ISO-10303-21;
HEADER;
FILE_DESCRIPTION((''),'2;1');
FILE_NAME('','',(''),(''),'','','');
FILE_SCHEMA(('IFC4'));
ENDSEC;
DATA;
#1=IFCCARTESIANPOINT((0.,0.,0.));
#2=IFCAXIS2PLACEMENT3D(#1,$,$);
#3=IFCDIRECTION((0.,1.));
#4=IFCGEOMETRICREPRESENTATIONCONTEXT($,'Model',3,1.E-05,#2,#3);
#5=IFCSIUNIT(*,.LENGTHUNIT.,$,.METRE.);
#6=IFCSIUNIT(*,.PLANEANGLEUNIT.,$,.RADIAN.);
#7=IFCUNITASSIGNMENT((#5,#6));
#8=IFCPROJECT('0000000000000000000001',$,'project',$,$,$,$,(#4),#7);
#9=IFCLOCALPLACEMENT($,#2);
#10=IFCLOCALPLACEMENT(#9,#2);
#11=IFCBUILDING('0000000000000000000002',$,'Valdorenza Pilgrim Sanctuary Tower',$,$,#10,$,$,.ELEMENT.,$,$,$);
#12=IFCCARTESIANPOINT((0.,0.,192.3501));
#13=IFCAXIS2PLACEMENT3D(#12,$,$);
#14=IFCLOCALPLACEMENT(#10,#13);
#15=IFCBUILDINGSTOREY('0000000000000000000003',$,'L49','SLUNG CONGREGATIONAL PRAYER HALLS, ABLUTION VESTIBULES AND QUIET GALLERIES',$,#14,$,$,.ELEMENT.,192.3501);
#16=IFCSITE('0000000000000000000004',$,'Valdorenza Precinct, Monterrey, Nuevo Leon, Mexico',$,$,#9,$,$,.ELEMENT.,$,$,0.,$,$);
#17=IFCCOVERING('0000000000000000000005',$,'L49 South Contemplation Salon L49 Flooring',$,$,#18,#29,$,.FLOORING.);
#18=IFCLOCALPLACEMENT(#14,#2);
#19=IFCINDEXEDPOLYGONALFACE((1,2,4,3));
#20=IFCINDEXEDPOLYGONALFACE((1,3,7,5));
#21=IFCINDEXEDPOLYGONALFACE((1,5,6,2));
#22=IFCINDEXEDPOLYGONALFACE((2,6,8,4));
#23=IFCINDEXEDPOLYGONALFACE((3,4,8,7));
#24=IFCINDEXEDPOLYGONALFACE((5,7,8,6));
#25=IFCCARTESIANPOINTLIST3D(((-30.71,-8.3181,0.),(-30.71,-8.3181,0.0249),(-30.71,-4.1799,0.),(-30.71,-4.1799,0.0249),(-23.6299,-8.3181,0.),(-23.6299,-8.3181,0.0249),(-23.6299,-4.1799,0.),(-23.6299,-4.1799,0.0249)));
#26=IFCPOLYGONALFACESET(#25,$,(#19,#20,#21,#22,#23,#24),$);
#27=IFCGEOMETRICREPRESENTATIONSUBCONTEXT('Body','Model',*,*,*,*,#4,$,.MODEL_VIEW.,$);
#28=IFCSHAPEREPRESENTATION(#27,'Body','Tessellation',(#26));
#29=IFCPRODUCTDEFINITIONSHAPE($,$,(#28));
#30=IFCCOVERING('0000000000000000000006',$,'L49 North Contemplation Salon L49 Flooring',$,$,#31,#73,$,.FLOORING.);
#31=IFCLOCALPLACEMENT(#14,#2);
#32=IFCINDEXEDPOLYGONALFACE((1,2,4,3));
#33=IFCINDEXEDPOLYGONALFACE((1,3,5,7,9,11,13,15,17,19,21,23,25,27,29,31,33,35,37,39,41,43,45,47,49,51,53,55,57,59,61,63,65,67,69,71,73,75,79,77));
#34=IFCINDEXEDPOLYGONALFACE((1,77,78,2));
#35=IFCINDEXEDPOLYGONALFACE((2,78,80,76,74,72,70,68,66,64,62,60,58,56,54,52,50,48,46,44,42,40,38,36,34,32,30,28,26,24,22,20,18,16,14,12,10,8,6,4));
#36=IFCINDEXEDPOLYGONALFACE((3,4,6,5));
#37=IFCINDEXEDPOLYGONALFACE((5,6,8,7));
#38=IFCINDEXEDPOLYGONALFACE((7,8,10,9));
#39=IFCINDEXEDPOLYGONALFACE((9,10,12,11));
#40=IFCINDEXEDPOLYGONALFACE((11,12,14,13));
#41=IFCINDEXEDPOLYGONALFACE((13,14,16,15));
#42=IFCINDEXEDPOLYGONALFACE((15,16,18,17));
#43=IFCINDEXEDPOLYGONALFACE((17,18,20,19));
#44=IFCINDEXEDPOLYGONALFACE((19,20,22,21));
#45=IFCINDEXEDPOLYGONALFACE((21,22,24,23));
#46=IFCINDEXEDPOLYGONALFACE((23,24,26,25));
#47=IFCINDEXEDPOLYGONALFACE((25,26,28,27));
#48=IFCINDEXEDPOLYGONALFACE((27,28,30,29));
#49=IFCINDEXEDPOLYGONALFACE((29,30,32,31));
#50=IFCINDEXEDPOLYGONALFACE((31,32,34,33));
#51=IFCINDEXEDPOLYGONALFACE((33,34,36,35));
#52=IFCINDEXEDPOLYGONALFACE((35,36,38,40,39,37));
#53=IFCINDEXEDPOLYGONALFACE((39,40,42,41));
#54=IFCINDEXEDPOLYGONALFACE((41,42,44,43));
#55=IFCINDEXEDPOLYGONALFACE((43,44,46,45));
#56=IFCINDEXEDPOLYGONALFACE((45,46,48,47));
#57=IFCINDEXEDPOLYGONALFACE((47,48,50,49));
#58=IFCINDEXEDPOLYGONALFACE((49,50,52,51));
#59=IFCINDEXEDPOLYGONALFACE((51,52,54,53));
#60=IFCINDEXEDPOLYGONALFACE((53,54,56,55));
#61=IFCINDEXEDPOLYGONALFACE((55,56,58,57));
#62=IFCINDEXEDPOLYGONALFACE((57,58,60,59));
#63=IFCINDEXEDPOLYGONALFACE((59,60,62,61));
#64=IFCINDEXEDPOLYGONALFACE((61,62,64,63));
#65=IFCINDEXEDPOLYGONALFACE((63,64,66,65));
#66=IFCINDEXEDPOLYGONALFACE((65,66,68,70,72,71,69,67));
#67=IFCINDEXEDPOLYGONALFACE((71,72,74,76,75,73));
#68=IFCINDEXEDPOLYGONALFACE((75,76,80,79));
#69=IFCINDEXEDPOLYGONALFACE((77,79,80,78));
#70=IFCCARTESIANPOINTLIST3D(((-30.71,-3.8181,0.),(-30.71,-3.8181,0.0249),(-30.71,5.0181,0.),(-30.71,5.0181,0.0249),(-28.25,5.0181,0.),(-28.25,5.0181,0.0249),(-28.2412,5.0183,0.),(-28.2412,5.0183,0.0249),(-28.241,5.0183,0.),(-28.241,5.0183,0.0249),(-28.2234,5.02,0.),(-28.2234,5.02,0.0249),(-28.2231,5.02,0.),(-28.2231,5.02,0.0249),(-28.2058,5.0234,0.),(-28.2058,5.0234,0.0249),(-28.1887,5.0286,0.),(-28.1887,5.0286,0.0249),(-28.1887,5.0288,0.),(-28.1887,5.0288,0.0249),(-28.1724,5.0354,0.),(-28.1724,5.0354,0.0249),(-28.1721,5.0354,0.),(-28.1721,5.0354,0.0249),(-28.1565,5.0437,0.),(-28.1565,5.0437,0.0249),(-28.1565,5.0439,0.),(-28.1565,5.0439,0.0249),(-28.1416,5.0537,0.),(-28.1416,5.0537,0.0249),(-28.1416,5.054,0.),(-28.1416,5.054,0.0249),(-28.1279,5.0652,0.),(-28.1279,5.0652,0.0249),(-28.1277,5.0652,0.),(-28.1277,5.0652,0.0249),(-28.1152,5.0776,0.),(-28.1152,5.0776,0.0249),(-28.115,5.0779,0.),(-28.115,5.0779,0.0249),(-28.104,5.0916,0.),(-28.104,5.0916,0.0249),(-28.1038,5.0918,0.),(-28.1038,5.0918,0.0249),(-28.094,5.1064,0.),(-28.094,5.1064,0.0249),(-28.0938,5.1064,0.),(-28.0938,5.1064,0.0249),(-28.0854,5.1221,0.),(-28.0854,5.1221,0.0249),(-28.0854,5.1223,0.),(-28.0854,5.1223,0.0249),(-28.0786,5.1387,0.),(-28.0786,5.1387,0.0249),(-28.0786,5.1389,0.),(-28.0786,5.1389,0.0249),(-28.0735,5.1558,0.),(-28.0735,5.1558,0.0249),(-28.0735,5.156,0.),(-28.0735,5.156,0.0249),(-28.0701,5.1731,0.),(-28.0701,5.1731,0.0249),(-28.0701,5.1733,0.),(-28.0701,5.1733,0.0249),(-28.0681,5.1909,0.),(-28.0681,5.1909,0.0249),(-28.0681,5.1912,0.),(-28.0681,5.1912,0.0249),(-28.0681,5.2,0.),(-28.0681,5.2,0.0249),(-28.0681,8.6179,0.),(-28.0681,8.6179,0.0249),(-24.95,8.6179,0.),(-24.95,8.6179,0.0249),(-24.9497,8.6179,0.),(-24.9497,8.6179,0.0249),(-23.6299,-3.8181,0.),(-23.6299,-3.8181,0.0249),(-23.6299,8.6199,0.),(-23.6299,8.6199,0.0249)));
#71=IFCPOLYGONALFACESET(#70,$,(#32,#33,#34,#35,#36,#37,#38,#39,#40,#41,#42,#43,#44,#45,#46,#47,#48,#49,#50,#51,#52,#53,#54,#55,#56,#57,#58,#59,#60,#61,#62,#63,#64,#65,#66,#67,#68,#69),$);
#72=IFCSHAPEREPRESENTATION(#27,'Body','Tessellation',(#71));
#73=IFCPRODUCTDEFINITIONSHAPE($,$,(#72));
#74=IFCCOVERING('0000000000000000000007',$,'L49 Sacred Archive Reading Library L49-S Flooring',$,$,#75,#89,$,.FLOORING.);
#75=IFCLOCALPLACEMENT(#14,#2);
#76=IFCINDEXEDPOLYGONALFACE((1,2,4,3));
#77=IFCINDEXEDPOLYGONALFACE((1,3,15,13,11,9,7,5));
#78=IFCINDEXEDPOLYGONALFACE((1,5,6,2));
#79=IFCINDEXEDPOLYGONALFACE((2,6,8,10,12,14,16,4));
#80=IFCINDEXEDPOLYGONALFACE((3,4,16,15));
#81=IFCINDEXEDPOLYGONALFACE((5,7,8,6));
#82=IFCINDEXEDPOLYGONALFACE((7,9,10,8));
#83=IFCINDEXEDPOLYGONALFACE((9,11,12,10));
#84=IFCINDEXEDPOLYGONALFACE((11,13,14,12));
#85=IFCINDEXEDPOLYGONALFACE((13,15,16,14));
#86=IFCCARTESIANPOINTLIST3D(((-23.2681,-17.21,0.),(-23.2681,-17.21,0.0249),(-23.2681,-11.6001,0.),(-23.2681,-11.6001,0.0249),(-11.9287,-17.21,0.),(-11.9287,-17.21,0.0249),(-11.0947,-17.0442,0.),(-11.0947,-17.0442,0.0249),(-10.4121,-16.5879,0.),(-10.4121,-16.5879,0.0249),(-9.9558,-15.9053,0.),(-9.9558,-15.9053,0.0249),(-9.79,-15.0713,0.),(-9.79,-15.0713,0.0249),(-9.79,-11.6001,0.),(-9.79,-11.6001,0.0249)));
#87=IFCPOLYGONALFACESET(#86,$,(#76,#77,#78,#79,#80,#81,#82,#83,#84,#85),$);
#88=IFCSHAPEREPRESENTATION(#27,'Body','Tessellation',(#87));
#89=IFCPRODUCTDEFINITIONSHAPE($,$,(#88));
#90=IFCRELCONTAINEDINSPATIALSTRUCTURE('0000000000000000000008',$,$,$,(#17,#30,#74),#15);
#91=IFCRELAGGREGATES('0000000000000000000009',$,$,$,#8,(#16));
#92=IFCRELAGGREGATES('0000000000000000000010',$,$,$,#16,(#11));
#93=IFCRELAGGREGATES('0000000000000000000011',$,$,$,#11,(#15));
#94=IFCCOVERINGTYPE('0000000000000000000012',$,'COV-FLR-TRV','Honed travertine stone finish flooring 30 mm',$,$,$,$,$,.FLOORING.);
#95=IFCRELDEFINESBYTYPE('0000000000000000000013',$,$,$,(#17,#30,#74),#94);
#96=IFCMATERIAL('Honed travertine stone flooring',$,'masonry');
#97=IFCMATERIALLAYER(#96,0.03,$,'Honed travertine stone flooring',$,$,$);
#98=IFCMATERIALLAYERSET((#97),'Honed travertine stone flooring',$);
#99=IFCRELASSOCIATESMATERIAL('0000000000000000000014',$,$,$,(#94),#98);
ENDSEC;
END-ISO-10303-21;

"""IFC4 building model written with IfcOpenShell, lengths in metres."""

from ifc_helpers import new_model, si_unit, direction, frame, origin, place, context, subcontext, project, spatial, polyline, outline, extrude, material, layer, layer_set, type_object, element, save


model = new_model("IFC4")

# Units and contexts
model_context = context("Model", 3, precision=1e-05, world=origin(), true_north=direction((0.0, 1.0)))
body_context = subcontext(model_context, "Body", "Model", "MODEL_VIEW")
ifc_project = project(units=[si_unit("LENGTHUNIT", "METRE"), si_unit("PLANEANGLEUNIT", "RADIAN")], contexts=[model_context])

# Site, building, storey
site_placement = place(None, origin())
site = spatial("IfcSite", under=ifc_project, at=site_placement, Name="Valdorenza Precinct, Monterrey, Nuevo Leon, Mexico", CompositionType="ELEMENT", RefElevation=0.0)
building_placement = place(site_placement, origin())
building = spatial("IfcBuilding", under=site, at=building_placement, Name="Valdorenza Pilgrim Sanctuary Tower", CompositionType="ELEMENT")
storey_placement = place(building_placement, frame((0.0, 0.0, 192.3501)))
storey = spatial("IfcBuildingStorey", under=building, at=storey_placement, Name="L49", Description="SLUNG CONGREGATIONAL PRAYER HALLS, ABLUTION VESTIBULES AND QUIET GALLERIES", CompositionType="ELEMENT", Elevation=192.3501)

# Coverings
ifc_material_1 = material(Name="Honed travertine stone flooring", Category="masonry")
ifc_layer_1 = layer(ifc_material_1, 0.03, Name="Honed travertine stone flooring")
ifc_layer_set_1 = layer_set([ifc_layer_1], Name="Honed travertine stone flooring")
covering_type_1 = type_object("IfcCoveringType", Name="COV-FLR-TRV", Description="Honed travertine stone finish flooring 30 mm", PredefinedType="FLOORING", material=ifc_layer_set_1)
covering_1_placement = place(storey_placement, origin())
element("IfcCovering", 1, at=covering_1_placement, inside=storey, type_object=covering_type_1, Name="L49 South Contemplation Salon L49 Flooring", PredefinedType="FLOORING", context=body_context, shape_type="SweptSolid", body=[
    extrude(outline(polyline([(-23.6299, -8.3181), (-30.71, -8.3181), (-30.71, -4.1799), (-23.6299, -4.1799), (-23.6299, -8.3181)])), origin(), (0.0, 0.0, 1.0), 0.0249),
])
covering_2_placement = place(storey_placement, origin())
element("IfcCovering", 2, at=covering_2_placement, inside=storey, type_object=covering_type_1, Name="L49 North Contemplation Salon L49 Flooring", PredefinedType="FLOORING", context=body_context, shape_type="SweptSolid", body=[
    extrude(outline(polyline([(-23.6299, 8.6199), (-23.6299, -3.8181), (-30.71, -3.8181), (-30.71, 5.0181), (-28.25, 5.0181), (-28.2412, 5.0183), (-28.241, 5.0183), (-28.2234, 5.02), (-28.2231, 5.02), (-28.2058, 5.0234), (-28.2058, 5.0234), (-28.1887, 5.0286), (-28.1887, 5.0288), (-28.1724, 5.0354), (-28.1721, 5.0354), (-28.1565, 5.0437), (-28.1565, 5.0439), (-28.1416, 5.0537), (-28.1416, 5.054), (-28.1279, 5.0652), (-28.1277, 5.0652), (-28.1152, 5.0776), (-28.115, 5.0779), (-28.104, 5.0916), (-28.1038, 5.0918), (-28.094, 5.1064), (-28.0938, 5.1064), (-28.0854, 5.1221), (-28.0854, 5.1223), (-28.0786, 5.1387), (-28.0786, 5.1389), (-28.0735, 5.1558), (-28.0735, 5.156), (-28.0701, 5.1731), (-28.0701, 5.1733), (-28.0681, 5.1909), (-28.0681, 5.1912), (-28.0681, 5.2), (-28.0681, 8.6179), (-24.95, 8.6179), (-24.9497, 8.6179), (-23.6299, 8.6199)])), origin(), (0.0, 0.0, 1.0), 0.0249),
])
covering_3_placement = place(storey_placement, origin())
element("IfcCovering", 3, at=covering_3_placement, inside=storey, type_object=covering_type_1, Name="L49 Sacred Archive Reading Library L49-S Flooring", PredefinedType="FLOORING", context=body_context, shape_type="SweptSolid", body=[
    extrude(outline(polyline([(-9.79, -11.6001), (-9.79, -15.0713), (-9.9558, -15.9053), (-10.4121, -16.5879), (-11.0947, -17.0442), (-11.9287, -17.21), (-23.2681, -17.21), (-23.2681, -11.6001), (-9.79, -11.6001)])), origin(), (0.0, 0.0, 1.0), 0.0249),
])

save(model, "model.ifc")
